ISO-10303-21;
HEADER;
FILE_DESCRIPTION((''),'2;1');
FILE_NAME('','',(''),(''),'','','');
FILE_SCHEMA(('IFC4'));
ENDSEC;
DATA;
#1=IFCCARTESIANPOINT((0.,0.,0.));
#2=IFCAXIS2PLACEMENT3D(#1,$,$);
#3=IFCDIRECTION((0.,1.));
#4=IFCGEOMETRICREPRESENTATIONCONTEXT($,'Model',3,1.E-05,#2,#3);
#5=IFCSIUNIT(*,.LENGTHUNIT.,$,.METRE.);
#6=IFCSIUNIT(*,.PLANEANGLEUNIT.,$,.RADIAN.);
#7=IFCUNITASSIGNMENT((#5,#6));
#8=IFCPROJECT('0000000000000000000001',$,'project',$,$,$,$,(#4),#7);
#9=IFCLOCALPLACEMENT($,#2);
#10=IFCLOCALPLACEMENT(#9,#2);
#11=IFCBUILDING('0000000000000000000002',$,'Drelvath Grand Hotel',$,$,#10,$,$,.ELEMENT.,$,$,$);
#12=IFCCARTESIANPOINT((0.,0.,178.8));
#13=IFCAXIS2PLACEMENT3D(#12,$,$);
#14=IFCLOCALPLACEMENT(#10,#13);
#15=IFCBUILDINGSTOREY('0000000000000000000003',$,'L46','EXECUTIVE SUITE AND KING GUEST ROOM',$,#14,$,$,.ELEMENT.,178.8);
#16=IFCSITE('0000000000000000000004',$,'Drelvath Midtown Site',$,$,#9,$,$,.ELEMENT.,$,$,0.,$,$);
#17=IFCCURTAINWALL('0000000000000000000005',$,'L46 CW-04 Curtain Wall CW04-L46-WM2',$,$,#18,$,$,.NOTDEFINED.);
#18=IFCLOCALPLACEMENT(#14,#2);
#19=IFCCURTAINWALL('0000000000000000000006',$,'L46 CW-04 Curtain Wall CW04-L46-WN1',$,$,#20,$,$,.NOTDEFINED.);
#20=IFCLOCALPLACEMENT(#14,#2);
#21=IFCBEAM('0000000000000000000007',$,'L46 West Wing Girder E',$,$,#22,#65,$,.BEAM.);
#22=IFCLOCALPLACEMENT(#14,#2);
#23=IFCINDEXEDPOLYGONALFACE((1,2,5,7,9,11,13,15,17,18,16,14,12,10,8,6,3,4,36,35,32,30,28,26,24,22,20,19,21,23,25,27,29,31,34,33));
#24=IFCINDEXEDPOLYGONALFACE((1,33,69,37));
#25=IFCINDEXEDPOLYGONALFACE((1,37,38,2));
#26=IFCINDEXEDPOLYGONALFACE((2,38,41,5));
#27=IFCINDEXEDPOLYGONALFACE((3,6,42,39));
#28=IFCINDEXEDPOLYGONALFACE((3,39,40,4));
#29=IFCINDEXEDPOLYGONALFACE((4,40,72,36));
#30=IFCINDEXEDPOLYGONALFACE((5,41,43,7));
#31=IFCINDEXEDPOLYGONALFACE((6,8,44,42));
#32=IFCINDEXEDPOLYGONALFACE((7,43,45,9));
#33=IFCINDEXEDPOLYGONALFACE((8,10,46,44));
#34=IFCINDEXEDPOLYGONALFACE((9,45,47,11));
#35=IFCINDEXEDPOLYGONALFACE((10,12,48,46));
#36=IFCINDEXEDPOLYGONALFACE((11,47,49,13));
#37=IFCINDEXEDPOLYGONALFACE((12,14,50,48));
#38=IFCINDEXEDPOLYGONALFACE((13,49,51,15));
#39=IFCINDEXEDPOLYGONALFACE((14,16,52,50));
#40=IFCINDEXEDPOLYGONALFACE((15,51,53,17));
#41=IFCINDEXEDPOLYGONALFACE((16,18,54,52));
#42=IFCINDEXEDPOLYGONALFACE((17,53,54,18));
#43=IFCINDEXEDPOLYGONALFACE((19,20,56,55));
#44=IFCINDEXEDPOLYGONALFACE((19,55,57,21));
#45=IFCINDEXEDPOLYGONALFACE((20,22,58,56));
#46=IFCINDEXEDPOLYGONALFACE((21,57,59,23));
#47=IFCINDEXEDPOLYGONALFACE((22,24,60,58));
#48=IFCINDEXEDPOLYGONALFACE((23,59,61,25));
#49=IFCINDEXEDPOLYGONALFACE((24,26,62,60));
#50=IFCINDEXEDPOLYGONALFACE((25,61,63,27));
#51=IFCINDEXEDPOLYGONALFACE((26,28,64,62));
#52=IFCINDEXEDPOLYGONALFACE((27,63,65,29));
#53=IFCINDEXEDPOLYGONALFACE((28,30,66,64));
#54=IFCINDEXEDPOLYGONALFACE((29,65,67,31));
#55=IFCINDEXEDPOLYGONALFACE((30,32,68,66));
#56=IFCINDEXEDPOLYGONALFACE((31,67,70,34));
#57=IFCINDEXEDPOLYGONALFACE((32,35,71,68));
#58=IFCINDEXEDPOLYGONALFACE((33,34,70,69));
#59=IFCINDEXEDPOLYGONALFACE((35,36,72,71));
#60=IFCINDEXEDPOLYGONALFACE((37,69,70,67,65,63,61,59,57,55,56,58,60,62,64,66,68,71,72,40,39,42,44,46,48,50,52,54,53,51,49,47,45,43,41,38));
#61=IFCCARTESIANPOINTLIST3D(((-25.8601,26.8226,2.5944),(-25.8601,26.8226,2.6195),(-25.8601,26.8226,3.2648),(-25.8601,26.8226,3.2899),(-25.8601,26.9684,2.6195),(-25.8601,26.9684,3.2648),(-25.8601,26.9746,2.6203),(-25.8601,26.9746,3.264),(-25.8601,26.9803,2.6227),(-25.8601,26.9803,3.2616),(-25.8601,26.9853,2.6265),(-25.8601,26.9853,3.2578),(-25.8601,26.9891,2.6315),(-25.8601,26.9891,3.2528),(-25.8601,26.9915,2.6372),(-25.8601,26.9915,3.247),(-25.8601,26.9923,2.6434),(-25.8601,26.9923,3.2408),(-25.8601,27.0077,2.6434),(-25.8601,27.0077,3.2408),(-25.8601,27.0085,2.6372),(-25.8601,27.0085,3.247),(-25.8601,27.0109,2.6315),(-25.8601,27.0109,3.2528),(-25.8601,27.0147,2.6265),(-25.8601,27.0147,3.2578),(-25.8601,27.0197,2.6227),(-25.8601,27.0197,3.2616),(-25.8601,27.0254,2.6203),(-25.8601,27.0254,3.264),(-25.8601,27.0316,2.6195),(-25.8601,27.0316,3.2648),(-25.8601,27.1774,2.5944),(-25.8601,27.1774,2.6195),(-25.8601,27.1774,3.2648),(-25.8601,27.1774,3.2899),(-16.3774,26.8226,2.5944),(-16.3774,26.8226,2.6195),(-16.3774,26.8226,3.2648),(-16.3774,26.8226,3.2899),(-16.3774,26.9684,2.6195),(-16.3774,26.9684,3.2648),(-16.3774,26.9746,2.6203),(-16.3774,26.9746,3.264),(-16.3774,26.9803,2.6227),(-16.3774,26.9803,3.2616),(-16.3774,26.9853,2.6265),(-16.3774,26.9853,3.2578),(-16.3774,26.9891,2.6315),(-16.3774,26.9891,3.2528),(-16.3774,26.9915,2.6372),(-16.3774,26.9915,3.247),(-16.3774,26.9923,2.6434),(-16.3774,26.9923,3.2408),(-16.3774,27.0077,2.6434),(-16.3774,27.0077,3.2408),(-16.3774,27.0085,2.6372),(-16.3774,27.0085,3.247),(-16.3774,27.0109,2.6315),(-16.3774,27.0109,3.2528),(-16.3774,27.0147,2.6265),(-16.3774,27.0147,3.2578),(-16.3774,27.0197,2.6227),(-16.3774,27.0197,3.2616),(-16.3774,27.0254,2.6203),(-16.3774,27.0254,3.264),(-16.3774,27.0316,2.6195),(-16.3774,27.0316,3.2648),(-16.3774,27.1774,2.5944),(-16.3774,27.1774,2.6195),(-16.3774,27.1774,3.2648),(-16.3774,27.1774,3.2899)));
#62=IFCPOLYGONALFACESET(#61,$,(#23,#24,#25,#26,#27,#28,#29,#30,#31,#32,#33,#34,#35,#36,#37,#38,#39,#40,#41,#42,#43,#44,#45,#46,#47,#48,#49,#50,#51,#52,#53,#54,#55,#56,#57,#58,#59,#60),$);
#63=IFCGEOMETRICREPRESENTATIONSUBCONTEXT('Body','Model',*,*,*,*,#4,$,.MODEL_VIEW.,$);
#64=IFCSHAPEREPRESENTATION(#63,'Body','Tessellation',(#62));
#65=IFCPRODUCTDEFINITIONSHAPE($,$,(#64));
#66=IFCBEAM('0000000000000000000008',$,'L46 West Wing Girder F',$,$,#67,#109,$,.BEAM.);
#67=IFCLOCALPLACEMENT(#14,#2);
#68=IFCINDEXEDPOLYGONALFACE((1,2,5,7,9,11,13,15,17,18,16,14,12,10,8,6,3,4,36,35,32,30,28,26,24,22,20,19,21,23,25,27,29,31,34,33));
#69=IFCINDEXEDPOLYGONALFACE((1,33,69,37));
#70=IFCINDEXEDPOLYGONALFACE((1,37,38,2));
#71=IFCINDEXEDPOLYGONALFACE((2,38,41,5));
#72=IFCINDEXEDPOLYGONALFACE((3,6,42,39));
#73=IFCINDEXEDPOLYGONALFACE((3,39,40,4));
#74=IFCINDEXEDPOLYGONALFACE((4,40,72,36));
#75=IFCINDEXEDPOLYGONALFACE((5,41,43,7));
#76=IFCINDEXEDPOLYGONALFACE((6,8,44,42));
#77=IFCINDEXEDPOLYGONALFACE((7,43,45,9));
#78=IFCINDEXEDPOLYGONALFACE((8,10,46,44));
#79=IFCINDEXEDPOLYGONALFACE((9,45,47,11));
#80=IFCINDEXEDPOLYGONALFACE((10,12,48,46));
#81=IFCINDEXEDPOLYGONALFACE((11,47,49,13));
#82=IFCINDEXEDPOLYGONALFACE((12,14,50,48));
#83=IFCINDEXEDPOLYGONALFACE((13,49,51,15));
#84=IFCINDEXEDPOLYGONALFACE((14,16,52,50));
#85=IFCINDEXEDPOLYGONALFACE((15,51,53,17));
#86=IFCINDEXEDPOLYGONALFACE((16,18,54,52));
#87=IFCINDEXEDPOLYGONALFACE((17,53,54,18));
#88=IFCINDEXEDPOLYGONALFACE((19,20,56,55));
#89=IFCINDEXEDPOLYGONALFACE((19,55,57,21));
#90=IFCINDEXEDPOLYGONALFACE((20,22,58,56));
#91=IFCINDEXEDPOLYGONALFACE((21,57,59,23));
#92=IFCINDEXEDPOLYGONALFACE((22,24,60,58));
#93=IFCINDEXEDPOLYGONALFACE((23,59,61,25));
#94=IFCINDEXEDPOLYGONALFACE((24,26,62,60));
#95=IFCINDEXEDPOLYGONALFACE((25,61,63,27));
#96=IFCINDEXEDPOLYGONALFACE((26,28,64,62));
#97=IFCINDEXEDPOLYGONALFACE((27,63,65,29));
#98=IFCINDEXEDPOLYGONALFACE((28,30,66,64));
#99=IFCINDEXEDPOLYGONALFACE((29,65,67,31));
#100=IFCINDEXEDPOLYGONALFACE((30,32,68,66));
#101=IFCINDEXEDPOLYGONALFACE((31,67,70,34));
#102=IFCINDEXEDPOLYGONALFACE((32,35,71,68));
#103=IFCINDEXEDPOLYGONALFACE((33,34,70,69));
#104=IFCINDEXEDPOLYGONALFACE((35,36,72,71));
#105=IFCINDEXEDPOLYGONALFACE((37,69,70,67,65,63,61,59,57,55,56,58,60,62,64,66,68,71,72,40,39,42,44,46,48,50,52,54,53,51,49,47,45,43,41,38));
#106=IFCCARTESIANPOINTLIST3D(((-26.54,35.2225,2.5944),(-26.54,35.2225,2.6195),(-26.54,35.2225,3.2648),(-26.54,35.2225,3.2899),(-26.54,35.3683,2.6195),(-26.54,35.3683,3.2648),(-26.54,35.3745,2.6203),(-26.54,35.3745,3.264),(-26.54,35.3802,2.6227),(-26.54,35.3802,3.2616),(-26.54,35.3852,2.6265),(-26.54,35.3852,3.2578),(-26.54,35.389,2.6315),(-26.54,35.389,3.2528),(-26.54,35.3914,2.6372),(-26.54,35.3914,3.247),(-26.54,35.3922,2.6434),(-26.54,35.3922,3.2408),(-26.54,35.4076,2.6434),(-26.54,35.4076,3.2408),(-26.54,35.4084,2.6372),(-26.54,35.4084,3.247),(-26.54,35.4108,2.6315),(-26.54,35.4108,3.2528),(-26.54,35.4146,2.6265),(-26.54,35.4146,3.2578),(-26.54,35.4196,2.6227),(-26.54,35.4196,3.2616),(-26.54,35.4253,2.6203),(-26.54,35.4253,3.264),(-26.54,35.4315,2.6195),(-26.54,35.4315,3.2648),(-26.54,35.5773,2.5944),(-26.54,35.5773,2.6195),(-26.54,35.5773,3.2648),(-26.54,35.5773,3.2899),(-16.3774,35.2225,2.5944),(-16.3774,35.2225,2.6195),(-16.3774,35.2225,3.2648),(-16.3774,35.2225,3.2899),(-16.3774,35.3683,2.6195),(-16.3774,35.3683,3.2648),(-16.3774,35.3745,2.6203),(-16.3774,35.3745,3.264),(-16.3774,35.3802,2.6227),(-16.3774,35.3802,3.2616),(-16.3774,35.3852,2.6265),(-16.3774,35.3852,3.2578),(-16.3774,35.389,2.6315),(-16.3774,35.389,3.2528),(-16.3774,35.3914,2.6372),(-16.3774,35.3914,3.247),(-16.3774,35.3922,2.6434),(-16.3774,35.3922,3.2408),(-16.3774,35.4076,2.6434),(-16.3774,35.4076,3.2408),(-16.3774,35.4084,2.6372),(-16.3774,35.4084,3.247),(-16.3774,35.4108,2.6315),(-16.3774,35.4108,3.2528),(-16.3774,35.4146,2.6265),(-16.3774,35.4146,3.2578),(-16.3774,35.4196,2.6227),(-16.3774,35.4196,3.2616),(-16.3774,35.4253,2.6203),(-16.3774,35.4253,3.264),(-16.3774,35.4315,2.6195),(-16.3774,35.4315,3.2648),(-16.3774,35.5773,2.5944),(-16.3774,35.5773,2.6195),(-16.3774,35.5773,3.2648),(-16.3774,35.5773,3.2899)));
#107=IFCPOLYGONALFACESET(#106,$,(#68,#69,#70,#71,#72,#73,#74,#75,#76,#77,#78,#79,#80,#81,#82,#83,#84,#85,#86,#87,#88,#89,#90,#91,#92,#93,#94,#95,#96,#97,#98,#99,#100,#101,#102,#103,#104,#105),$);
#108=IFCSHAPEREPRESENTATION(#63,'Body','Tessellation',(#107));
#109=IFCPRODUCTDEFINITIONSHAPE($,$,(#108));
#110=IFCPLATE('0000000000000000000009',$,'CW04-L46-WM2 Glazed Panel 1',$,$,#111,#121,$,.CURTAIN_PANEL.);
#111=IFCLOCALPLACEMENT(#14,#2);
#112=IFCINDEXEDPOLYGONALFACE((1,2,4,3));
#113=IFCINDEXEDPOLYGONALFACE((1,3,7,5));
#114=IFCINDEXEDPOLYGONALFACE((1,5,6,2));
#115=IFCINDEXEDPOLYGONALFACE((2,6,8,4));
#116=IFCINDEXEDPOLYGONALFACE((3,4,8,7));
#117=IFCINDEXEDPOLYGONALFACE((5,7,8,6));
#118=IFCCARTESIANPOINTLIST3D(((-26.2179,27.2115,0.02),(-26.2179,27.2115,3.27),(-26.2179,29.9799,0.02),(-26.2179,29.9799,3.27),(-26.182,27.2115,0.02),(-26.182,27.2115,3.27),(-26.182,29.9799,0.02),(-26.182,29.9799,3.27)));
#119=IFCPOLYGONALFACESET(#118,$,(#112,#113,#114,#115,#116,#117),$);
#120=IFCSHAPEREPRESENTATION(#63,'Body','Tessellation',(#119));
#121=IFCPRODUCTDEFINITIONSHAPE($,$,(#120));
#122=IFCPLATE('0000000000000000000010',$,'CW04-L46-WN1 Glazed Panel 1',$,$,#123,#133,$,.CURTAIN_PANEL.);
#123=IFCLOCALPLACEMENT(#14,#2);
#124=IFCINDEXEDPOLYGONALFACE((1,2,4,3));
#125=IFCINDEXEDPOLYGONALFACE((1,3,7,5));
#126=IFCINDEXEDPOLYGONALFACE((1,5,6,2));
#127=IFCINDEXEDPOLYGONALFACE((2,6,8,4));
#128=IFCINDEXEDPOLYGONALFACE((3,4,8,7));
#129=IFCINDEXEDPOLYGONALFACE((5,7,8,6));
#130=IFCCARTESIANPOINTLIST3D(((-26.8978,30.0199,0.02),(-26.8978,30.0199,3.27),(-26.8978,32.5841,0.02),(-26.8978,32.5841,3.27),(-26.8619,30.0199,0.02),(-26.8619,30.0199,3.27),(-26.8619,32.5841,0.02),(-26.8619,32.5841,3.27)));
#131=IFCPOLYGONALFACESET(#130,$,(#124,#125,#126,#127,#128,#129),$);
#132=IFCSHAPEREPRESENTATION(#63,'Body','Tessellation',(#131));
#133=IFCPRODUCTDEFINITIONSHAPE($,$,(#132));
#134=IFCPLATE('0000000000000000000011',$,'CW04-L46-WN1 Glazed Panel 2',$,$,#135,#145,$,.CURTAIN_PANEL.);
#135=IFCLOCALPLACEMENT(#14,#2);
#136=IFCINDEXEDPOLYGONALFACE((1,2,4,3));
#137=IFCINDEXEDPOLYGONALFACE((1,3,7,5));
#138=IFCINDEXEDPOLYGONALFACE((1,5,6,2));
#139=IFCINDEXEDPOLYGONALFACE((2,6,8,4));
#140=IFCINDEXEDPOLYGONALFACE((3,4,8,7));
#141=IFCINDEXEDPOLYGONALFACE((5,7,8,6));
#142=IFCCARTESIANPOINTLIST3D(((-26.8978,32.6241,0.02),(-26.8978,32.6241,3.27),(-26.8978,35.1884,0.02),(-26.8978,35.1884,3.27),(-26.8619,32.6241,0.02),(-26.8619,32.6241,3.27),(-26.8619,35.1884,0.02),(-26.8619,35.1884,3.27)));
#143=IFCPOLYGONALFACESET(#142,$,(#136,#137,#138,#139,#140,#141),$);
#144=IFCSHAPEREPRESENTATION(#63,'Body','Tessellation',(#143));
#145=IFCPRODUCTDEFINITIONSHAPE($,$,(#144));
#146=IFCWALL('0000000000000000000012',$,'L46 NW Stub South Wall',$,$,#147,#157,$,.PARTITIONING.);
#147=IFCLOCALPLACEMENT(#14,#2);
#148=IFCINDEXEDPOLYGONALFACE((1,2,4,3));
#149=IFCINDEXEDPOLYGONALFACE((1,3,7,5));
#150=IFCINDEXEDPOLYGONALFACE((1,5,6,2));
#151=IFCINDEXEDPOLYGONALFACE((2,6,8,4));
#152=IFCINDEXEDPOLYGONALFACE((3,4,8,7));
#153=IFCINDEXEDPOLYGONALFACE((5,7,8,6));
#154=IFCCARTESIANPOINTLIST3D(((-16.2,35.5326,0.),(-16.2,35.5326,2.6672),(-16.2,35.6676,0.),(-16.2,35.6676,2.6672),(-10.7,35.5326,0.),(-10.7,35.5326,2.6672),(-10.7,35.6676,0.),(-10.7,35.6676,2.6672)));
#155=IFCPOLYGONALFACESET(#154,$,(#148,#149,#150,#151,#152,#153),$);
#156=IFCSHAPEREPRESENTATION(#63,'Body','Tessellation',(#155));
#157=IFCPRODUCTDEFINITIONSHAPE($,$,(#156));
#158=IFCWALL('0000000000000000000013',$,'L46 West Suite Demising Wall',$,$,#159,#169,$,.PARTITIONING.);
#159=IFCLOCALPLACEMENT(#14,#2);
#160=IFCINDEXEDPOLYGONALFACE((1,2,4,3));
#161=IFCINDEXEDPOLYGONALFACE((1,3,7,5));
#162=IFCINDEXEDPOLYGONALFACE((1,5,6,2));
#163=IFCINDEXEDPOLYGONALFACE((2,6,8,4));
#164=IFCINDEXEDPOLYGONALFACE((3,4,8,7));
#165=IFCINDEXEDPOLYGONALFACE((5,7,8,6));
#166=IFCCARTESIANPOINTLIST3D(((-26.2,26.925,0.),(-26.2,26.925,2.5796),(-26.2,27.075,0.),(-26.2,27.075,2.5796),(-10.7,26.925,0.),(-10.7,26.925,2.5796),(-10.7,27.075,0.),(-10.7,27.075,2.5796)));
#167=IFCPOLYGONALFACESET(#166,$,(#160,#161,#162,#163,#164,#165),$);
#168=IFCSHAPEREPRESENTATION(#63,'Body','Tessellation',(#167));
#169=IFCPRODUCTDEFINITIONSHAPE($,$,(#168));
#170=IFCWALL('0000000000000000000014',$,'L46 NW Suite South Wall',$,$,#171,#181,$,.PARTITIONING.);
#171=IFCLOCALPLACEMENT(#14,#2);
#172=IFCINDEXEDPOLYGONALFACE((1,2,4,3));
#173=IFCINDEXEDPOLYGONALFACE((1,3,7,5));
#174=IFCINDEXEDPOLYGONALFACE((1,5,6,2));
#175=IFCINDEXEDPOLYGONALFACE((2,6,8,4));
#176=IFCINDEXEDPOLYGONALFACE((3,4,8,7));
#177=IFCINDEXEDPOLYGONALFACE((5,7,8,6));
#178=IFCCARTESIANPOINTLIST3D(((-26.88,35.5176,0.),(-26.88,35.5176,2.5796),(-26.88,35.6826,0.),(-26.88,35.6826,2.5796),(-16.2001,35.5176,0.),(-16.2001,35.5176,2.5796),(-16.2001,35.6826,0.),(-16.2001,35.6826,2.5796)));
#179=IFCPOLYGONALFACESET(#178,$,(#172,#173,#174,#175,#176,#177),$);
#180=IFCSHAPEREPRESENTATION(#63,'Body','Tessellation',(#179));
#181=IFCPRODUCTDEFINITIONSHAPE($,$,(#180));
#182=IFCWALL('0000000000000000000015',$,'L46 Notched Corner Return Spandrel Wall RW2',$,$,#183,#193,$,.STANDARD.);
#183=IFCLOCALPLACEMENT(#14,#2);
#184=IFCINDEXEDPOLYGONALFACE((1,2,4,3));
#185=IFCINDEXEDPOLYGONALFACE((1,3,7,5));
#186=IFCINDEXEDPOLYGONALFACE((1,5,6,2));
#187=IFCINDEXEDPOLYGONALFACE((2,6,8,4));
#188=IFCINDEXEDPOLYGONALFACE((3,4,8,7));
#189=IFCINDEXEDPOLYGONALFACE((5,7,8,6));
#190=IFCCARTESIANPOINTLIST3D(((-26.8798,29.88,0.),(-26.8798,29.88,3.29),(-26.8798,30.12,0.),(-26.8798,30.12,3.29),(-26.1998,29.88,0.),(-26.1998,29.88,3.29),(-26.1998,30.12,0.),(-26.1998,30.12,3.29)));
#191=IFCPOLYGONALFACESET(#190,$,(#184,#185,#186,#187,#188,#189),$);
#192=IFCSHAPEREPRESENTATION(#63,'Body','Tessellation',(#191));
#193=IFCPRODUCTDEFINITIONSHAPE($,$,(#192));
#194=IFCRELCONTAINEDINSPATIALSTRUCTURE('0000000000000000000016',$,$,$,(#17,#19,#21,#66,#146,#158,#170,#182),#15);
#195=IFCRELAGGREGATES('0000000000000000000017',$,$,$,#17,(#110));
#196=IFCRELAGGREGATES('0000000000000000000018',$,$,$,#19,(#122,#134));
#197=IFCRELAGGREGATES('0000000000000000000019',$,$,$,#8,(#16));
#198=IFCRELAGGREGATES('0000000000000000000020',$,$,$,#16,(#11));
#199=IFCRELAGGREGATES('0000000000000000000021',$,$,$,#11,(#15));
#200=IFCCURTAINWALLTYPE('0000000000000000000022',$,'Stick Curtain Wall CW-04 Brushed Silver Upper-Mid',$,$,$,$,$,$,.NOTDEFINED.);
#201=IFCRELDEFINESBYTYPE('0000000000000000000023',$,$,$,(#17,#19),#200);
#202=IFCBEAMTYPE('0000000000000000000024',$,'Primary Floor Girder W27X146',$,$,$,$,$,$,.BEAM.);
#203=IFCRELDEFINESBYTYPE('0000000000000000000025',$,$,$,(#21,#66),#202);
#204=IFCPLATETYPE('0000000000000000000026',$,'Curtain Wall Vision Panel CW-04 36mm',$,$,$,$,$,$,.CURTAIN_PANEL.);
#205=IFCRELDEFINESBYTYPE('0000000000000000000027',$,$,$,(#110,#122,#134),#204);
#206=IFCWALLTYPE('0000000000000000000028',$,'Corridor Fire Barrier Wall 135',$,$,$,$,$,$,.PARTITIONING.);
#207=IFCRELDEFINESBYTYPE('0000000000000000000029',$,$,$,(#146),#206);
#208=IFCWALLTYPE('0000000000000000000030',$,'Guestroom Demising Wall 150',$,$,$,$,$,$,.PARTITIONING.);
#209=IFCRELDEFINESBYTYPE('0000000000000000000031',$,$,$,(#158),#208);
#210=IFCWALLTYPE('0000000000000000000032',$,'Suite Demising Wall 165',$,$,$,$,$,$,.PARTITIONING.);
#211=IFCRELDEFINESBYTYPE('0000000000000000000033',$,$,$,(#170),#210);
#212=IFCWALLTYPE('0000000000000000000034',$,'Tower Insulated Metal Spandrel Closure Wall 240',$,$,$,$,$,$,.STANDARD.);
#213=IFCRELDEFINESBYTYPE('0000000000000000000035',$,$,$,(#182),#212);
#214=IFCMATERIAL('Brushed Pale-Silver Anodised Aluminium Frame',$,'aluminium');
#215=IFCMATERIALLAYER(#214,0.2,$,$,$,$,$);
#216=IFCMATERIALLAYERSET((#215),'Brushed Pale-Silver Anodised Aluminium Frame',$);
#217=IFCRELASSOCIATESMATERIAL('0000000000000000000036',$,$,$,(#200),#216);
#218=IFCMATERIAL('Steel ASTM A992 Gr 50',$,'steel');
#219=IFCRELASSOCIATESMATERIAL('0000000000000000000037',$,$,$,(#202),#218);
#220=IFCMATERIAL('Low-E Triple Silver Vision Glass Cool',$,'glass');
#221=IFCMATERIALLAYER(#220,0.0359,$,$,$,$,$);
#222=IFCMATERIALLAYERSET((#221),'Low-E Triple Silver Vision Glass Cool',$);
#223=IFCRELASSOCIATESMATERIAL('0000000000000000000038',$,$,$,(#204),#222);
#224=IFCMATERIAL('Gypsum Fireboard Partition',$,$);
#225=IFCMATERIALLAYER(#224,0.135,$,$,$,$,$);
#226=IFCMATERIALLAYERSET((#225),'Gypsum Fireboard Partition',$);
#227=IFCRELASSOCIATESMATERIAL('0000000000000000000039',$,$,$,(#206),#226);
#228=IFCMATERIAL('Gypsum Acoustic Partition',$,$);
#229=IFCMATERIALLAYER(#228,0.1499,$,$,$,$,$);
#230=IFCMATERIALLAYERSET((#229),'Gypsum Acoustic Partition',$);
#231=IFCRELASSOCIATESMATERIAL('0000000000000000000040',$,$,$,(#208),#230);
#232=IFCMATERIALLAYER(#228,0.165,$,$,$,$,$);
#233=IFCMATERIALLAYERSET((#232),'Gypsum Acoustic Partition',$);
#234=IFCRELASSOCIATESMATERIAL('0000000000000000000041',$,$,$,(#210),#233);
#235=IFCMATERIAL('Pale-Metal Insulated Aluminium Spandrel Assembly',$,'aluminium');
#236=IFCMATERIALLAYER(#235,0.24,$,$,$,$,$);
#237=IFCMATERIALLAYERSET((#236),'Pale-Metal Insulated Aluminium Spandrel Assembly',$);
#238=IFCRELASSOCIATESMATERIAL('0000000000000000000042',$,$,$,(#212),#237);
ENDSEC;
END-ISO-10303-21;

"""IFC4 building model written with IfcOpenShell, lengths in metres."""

from ifc_helpers import new_model, si_unit, direction, frame, frame_2d, origin, origin_2d, place, context, subcontext, project, spatial, rectangle, i_section, extrude, material, layer, layer_set, material_profile, profile_set, type_object, element, aggregate, save


model = new_model("IFC4")

# Units and contexts
model_context = context("Model", 3, precision=1e-05, world=origin(), true_north=direction((0.0, 1.0)))
body_context = subcontext(model_context, "Body", "Model", "MODEL_VIEW")
ifc_project = project(units=[si_unit("LENGTHUNIT", "METRE"), si_unit("PLANEANGLEUNIT", "RADIAN")], contexts=[model_context])

# Site, building, storey
site_placement = place(None, origin())
site = spatial("IfcSite", under=ifc_project, at=site_placement, Name="Drelvath Midtown Site", CompositionType="ELEMENT", RefElevation=0.0)
building_placement = place(site_placement, origin())
building = spatial("IfcBuilding", under=site, at=building_placement, Name="Drelvath Grand Hotel", CompositionType="ELEMENT")
storey_placement = place(building_placement, frame((0.0, 0.0, 178.8)))
storey = spatial("IfcBuildingStorey", under=building, at=storey_placement, Name="L46", Description="EXECUTIVE SUITE AND KING GUEST ROOM", CompositionType="ELEMENT", Elevation=178.8)

# Curtain walls
ifc_material_1 = material(Name="Brushed Pale-Silver Anodised Aluminium Frame", Category="aluminium")
ifc_layer_1 = layer(ifc_material_1, 0.2)
ifc_layer_set_1 = layer_set([ifc_layer_1], Name="Brushed Pale-Silver Anodised Aluminium Frame")
curtain_wall_type = type_object("IfcCurtainWallType", Name="Stick Curtain Wall CW-04 Brushed Silver Upper-Mid", PredefinedType="NOTDEFINED", material=ifc_layer_set_1)
curtain_wall_1_placement = place(storey_placement, origin())
curtain_wall_1 = element("IfcCurtainWall", 1, at=curtain_wall_1_placement, inside=storey, type_object=curtain_wall_type, Name="L46 CW-04 Curtain Wall CW04-L46-WM2", PredefinedType="NOTDEFINED")
curtain_wall_2_placement = place(storey_placement, origin())
curtain_wall_2 = element("IfcCurtainWall", 2, at=curtain_wall_2_placement, inside=storey, type_object=curtain_wall_type, Name="L46 CW-04 Curtain Wall CW04-L46-WN1", PredefinedType="NOTDEFINED")

# Beams
ifc_material_2 = material(Name="Steel ASTM A992 Gr 50", Category="steel")
ifc_material_profile_1 = material_profile(ifc_material_2, i_section(OverallWidth=0.3547, OverallDepth=0.6956, WebThickness=0.0154, FlangeThickness=0.0251, FilletRadius=0.0239, at=origin_2d()), Name="W27X146")
ifc_profile_set_1 = profile_set([ifc_material_profile_1], Name="Steel ASTM A992 Gr 50")
beam_type_1 = type_object("IfcBeamType", Name="Primary Floor Girder W27X146", PredefinedType="BEAM", material=ifc_profile_set_1)
beam_1_placement = place(storey_placement, frame((-25.8601, 27.0, 2.9421), z_axis=(1.0, 0.0, 0.0), x_axis=(0.0, 1.0, 0.0)))
element("IfcBeam", 3, at=beam_1_placement, inside=storey, type_object=beam_type_1, Name="L46 West Wing Girder E", PredefinedType="BEAM", context=body_context, shape_type="SweptSolid", body=[
    extrude(i_section(OverallWidth=0.3547, OverallDepth=0.6956, WebThickness=0.0154, FlangeThickness=0.0251, FilletRadius=0.0239, at=origin_2d()), origin(), (0.0, 0.0, 1.0), 9.4827),
])
beam_2_placement = place(storey_placement, frame((-26.54, 35.3999, 2.9421), z_axis=(1.0, 0.0, 0.0), x_axis=(0.0, 1.0, 0.0)))
element("IfcBeam", 4, at=beam_2_placement, inside=storey, type_object=beam_type_1, Name="L46 West Wing Girder F", PredefinedType="BEAM", context=body_context, shape_type="SweptSolid", body=[
    extrude(i_section(OverallWidth=0.3547, OverallDepth=0.6956, WebThickness=0.0154, FlangeThickness=0.0251, FilletRadius=0.0239, at=origin_2d()), origin(), (0.0, 0.0, 1.0), 10.1626),
])

# Plates
ifc_material_3 = material(Name="Low-E Triple Silver Vision Glass Cool", Category="glass")
ifc_layer_2 = layer(ifc_material_3, 0.0359)
ifc_layer_set_2 = layer_set([ifc_layer_2], Name="Low-E Triple Silver Vision Glass Cool")
plate_type = type_object("IfcPlateType", Name="Curtain Wall Vision Panel CW-04 36mm", PredefinedType="CURTAIN_PANEL", material=ifc_layer_set_2)
plate_1_placement = place(storey_placement, frame((-26.2, 28.5957, 0.02), z_axis=(0.0, 0.0, 1.0), x_axis=(0.0, 1.0, 0.0)))
plate_1 = element("IfcPlate", 5, at=plate_1_placement, type_object=plate_type, Name="CW04-L46-WM2 Glazed Panel 1", PredefinedType="CURTAIN_PANEL", context=body_context, shape_type="SweptSolid", body=[
    extrude(rectangle(XDim=2.7683, YDim=0.0359, at=origin_2d()), origin(), (0.0, 0.0, 1.0), 3.25),
])
aggregate(curtain_wall_1, [plate_1])
plate_2_placement = place(storey_placement, frame((-26.8799, 31.302, 0.02), z_axis=(0.0, 0.0, 1.0), x_axis=(0.0, 1.0, 0.0)))
plate_2 = element("IfcPlate", 6, at=plate_2_placement, type_object=plate_type, Name="CW04-L46-WN1 Glazed Panel 1", PredefinedType="CURTAIN_PANEL", context=body_context, shape_type="SweptSolid", body=[
    extrude(rectangle(XDim=2.5642, YDim=0.0359, at=origin_2d()), origin(), (0.0, 0.0, 1.0), 3.25),
])
plate_3_placement = place(storey_placement, frame((-26.8799, 33.9062, 0.02), z_axis=(0.0, 0.0, 1.0), x_axis=(0.0, 1.0, 0.0)))
plate_3 = element("IfcPlate", 7, at=plate_3_placement, type_object=plate_type, Name="CW04-L46-WN1 Glazed Panel 2", PredefinedType="CURTAIN_PANEL", context=body_context, shape_type="SweptSolid", body=[
    extrude(rectangle(XDim=2.5642, YDim=0.0359, at=origin_2d()), origin(), (0.0, 0.0, 1.0), 3.25),
])
aggregate(curtain_wall_2, [plate_2, plate_3])

# Wall
ifc_material_4 = material(Name="Gypsum Fireboard Partition")
ifc_layer_3 = layer(ifc_material_4, 0.135)
ifc_layer_set_3 = layer_set([ifc_layer_3], Name="Gypsum Fireboard Partition")
wall_type_1 = type_object("IfcWallType", Name="Corridor Fire Barrier Wall 135", PredefinedType="PARTITIONING", material=ifc_layer_set_3)
wall_1_placement = place(storey_placement, frame((-16.2, 35.6001, 0.0), z_axis=(0.0, 0.0, 1.0), x_axis=(1.0, 0.0, 0.0)))
element("IfcWall", 8, at=wall_1_placement, inside=storey, type_object=wall_type_1, Name="L46 NW Stub South Wall", PredefinedType="PARTITIONING", context=body_context, shape_type="SweptSolid", body=[
    extrude(rectangle(XDim=5.5, YDim=0.135, at=frame_2d((2.75, 0.0))), origin(), (0.0, 0.0, 1.0), 2.6672),
])

# Walls
ifc_material_5 = material(Name="Gypsum Acoustic Partition")
ifc_layer_4 = layer(ifc_material_5, 0.1499)
ifc_layer_set_4 = layer_set([ifc_layer_4], Name="Gypsum Acoustic Partition")
wall_type_2 = type_object("IfcWallType", Name="Guestroom Demising Wall 150", PredefinedType="PARTITIONING", material=ifc_layer_set_4)
wall_2_placement = place(storey_placement, frame((-26.2, 27.0, 0.0), z_axis=(0.0, 0.0, 1.0), x_axis=(1.0, 0.0, 0.0)))
element("IfcWall", 9, at=wall_2_placement, inside=storey, type_object=wall_type_2, Name="L46 West Suite Demising Wall", PredefinedType="PARTITIONING", context=body_context, shape_type="SweptSolid", body=[
    extrude(rectangle(XDim=15.5, YDim=0.1499, at=frame_2d((7.75, 0.0))), origin(), (0.0, 0.0, 1.0), 2.5796),
])
ifc_layer_5 = layer(ifc_material_5, 0.165)
ifc_layer_set_5 = layer_set([ifc_layer_5], Name="Gypsum Acoustic Partition")
wall_type_3 = type_object("IfcWallType", Name="Suite Demising Wall 165", PredefinedType="PARTITIONING", material=ifc_layer_set_5)
wall_3_placement = place(storey_placement, frame((-26.8799, 35.6001, 0.0), z_axis=(0.0, 0.0, 1.0), x_axis=(1.0, 0.0, 0.0)))
element("IfcWall", 10, at=wall_3_placement, inside=storey, type_object=wall_type_3, Name="L46 NW Suite South Wall", PredefinedType="PARTITIONING", context=body_context, shape_type="SweptSolid", body=[
    extrude(rectangle(XDim=10.6799, YDim=0.165, at=frame_2d((5.3398, 0.0))), origin(), (0.0, 0.0, 1.0), 2.5796),
])
ifc_material_6 = material(Name="Pale-Metal Insulated Aluminium Spandrel Assembly", Category="aluminium")
ifc_layer_6 = layer(ifc_material_6, 0.24)
ifc_layer_set_6 = layer_set([ifc_layer_6], Name="Pale-Metal Insulated Aluminium Spandrel Assembly")
wall_type_4 = type_object("IfcWallType", Name="Tower Insulated Metal Spandrel Closure Wall 240", PredefinedType="STANDARD", material=ifc_layer_set_6)
wall_4_placement = place(storey_placement, frame((-26.2, 30.0, 0.0), z_axis=(0.0, 0.0, 1.0), x_axis=(-1.0, 0.0, 0.0)))
element("IfcWall", 11, at=wall_4_placement, inside=storey, type_object=wall_type_4, Name="L46 Notched Corner Return Spandrel Wall RW2", PredefinedType="STANDARD", context=body_context, shape_type="SweptSolid", body=[
    extrude(rectangle(XDim=0.6799, YDim=0.24, at=frame_2d((0.3398, 0.0))), origin(), (0.0, 0.0, 1.0), 3.29),
])

save(model, "model.ifc")
